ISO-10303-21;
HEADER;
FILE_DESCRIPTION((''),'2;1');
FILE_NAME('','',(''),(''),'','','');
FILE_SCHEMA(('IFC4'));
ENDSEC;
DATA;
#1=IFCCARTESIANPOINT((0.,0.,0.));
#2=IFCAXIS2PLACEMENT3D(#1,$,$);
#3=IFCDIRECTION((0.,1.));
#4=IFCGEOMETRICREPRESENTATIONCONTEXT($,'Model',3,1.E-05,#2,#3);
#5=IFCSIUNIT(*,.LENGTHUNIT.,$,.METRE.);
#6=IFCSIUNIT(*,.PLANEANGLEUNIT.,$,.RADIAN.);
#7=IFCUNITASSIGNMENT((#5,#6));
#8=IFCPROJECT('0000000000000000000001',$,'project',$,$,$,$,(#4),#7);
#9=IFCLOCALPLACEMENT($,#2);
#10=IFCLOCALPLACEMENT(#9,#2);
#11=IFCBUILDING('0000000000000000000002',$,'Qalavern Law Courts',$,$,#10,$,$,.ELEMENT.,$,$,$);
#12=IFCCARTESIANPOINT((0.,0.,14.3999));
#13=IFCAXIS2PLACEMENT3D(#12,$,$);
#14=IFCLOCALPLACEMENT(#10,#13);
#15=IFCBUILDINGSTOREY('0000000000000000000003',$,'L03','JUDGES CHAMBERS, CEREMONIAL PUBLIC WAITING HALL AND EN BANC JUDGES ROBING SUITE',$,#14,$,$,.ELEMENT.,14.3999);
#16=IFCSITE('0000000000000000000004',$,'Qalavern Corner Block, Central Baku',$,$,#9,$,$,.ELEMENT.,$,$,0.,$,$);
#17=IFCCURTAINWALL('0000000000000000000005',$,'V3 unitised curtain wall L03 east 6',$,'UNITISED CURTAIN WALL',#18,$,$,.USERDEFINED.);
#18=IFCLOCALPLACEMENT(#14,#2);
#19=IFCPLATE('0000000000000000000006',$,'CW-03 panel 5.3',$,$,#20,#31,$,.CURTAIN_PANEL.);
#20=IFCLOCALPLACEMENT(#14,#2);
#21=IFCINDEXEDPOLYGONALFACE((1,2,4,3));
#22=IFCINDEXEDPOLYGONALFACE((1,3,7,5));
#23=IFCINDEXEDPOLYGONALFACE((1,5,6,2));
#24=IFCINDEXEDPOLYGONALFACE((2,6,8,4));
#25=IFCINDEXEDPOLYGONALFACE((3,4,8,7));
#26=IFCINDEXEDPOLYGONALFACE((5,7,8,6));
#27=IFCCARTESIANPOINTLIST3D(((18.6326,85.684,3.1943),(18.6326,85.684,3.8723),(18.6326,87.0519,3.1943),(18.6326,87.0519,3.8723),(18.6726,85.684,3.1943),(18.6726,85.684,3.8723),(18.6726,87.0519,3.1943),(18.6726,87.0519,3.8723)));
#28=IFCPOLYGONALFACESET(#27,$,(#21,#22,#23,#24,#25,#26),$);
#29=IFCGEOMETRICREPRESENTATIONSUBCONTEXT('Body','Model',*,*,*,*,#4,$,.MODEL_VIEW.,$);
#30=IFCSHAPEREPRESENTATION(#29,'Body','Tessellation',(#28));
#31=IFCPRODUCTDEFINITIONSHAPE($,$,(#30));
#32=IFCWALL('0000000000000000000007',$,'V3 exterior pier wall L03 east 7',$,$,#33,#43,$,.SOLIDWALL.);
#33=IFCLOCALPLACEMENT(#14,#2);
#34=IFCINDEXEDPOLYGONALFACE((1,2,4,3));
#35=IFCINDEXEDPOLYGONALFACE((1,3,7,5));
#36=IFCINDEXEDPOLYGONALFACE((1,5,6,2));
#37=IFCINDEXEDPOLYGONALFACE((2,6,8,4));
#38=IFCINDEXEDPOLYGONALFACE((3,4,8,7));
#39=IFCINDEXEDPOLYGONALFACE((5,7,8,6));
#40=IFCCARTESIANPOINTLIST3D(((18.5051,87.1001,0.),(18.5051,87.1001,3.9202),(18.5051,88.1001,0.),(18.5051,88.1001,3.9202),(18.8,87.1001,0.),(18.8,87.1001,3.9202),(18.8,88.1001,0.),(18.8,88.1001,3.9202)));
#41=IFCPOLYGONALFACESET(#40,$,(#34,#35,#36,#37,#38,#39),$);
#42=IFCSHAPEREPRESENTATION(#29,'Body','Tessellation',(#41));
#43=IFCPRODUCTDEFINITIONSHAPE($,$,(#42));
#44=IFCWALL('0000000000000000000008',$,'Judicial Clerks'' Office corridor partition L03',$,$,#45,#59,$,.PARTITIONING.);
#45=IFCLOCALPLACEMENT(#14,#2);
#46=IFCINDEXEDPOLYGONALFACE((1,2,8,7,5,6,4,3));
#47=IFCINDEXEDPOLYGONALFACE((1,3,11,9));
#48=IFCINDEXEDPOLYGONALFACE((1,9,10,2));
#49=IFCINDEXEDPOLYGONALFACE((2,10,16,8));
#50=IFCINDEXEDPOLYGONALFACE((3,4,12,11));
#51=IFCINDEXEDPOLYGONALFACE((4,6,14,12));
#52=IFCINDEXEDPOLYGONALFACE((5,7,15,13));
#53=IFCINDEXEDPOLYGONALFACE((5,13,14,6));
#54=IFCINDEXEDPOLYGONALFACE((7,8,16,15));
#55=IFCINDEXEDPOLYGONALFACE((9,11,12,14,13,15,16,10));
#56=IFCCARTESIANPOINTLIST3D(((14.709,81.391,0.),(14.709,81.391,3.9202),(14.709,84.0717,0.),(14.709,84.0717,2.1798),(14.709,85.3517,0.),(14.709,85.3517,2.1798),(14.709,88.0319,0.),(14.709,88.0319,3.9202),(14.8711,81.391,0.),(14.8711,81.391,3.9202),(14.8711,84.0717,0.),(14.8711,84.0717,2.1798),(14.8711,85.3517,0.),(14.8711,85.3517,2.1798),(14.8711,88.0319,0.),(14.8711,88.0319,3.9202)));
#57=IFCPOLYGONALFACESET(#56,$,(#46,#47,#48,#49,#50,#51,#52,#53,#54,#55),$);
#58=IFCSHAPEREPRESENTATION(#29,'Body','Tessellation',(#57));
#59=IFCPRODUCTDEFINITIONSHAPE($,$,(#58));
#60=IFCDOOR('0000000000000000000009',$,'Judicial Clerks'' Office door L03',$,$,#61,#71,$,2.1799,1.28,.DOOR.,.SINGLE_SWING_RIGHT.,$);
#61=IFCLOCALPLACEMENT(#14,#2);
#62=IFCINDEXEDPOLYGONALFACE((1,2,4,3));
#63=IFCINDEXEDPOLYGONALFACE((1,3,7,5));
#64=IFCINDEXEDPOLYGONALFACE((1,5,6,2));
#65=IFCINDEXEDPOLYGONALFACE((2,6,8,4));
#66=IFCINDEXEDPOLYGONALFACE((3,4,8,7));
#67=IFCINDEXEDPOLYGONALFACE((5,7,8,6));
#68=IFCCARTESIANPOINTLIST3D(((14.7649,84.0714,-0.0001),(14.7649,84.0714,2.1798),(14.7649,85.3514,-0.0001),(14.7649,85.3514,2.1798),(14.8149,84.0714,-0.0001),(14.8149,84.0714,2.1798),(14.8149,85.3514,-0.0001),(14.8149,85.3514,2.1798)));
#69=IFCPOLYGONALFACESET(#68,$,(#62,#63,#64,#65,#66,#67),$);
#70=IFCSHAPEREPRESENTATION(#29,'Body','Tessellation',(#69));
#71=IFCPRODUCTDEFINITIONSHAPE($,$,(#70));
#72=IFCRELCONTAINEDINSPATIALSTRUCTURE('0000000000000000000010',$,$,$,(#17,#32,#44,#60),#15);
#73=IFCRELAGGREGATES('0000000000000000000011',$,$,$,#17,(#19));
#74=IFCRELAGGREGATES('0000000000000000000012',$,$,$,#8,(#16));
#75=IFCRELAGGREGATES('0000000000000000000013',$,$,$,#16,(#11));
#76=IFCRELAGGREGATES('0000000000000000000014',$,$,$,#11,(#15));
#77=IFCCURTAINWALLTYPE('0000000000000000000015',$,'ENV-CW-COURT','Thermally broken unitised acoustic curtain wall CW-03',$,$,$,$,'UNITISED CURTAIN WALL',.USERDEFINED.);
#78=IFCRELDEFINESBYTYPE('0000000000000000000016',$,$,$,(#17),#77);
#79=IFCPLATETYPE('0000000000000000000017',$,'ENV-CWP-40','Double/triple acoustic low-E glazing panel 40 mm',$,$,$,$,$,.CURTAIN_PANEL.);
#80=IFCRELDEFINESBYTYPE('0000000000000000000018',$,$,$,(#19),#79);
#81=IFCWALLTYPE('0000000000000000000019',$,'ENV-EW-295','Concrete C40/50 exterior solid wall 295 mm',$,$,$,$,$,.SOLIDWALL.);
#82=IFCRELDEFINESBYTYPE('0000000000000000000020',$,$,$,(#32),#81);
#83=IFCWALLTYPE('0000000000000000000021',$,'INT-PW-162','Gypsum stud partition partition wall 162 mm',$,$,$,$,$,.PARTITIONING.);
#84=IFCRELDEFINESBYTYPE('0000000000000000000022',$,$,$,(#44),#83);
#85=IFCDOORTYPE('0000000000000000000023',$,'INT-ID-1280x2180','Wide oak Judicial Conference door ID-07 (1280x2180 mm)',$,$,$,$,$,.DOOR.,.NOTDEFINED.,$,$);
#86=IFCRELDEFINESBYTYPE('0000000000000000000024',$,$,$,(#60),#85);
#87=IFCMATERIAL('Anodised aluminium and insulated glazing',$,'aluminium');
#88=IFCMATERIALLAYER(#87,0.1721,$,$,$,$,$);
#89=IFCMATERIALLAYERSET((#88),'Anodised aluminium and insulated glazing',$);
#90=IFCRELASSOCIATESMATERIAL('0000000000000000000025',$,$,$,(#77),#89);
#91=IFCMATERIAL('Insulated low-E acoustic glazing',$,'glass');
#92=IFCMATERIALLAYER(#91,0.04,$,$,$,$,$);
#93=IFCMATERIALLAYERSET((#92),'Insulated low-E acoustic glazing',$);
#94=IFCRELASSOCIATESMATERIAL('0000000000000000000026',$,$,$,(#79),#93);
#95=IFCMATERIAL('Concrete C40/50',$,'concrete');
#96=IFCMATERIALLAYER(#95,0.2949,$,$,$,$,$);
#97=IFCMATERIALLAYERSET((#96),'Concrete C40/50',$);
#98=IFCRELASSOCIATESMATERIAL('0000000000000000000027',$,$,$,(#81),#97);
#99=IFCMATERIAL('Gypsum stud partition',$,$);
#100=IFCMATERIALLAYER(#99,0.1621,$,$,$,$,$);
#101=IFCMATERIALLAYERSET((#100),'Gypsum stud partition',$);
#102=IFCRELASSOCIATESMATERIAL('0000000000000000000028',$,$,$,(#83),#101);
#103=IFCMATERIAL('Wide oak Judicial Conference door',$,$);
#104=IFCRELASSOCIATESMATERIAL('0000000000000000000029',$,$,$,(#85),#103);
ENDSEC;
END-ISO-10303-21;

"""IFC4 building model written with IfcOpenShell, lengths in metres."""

from ifc_helpers import new_model, si_unit, direction, frame, frame_2d, origin, origin_2d, place, context, subcontext, project, spatial, rectangle, extrude, material, layer, layer_set, type_object, element, fill, aggregate, save


model = new_model("IFC4")

# Units and contexts
model_context = context("Model", 3, precision=1e-05, world=origin(), true_north=direction((0.0, 1.0)))
body_context = subcontext(model_context, "Body", "Model", "MODEL_VIEW")
ifc_project = project(units=[si_unit("LENGTHUNIT", "METRE"), si_unit("PLANEANGLEUNIT", "RADIAN")], contexts=[model_context])

# Site, building, storey
site_placement = place(None, origin())
site = spatial("IfcSite", under=ifc_project, at=site_placement, Name="Qalavern Corner Block, Central Baku", CompositionType="ELEMENT", RefElevation=0.0)
building_placement = place(site_placement, origin())
building = spatial("IfcBuilding", under=site, at=building_placement, Name="Qalavern Law Courts", CompositionType="ELEMENT")
storey_placement = place(building_placement, frame((0.0, 0.0, 14.3999)))
storey = spatial("IfcBuildingStorey", under=building, at=storey_placement, Name="L03", Description="JUDGES CHAMBERS, CEREMONIAL PUBLIC WAITING HALL AND EN BANC JUDGES ROBING SUITE", CompositionType="ELEMENT", Elevation=14.3999)

# Curtain wall
ifc_material_1 = material(Name="Anodised aluminium and insulated glazing", Category="aluminium")
ifc_layer_1 = layer(ifc_material_1, 0.1721)
ifc_layer_set_1 = layer_set([ifc_layer_1], Name="Anodised aluminium and insulated glazing")
curtain_wall_type = type_object("IfcCurtainWallType", Name="ENV-CW-COURT", Description="Thermally broken unitised acoustic curtain wall CW-03", ElementType="UNITISED CURTAIN WALL", PredefinedType="USERDEFINED", material=ifc_layer_set_1)
curtain_wall_placement = place(storey_placement, origin())
curtain_wall = element("IfcCurtainWall", 1, at=curtain_wall_placement, inside=storey, type_object=curtain_wall_type, Name="V3 unitised curtain wall L03 east 6", ObjectType="UNITISED CURTAIN WALL", PredefinedType="USERDEFINED")

# Plate
ifc_material_2 = material(Name="Insulated low-E acoustic glazing", Category="glass")
ifc_layer_2 = layer(ifc_material_2, 0.04)
ifc_layer_set_2 = layer_set([ifc_layer_2], Name="Insulated low-E acoustic glazing")
plate_type = type_object("IfcPlateType", Name="ENV-CWP-40", Description="Double/triple acoustic low-E glazing panel 40 mm", PredefinedType="CURTAIN_PANEL", material=ifc_layer_set_2)
plate_1_placement = place(storey_placement, frame((18.6526, 86.3679, 3.1943), z_axis=(0.0, 0.0, 1.0), x_axis=(0.0, 1.0, 0.0)))
plate_1 = element("IfcPlate", 2, at=plate_1_placement, type_object=plate_type, Name="CW-03 panel 5.3", PredefinedType="CURTAIN_PANEL", context=body_context, shape_type="SweptSolid", body=[
    extrude(rectangle(XDim=1.3679, YDim=0.04, at=origin_2d()), origin(), (0.0, 0.0, 1.0), 0.678),
])
aggregate(curtain_wall, [plate_1])

# Wall
ifc_material_3 = material(Name="Concrete C40/50", Category="concrete")
ifc_layer_3 = layer(ifc_material_3, 0.2949)
ifc_layer_set_3 = layer_set([ifc_layer_3], Name="Concrete C40/50")
wall_type_1 = type_object("IfcWallType", Name="ENV-EW-295", Description="Concrete C40/50 exterior solid wall 295 mm", PredefinedType="SOLIDWALL", material=ifc_layer_set_3)
wall_1_placement = place(storey_placement, frame((18.6526, 87.1001, 0.0), z_axis=(0.0, 0.0, 1.0), x_axis=(0.0, 1.0, 0.0)))
element("IfcWall", 3, at=wall_1_placement, inside=storey, type_object=wall_type_1, Name="V3 exterior pier wall L03 east 7", PredefinedType="SOLIDWALL", context=body_context, shape_type="SweptSolid", body=[
    extrude(rectangle(XDim=1.0, YDim=0.2949, at=frame_2d((0.5, 0.0))), origin(), (0.0, 0.0, 1.0), 3.9202),
])

# Wall, opening, door
ifc_material_4 = material(Name="Gypsum stud partition")
ifc_layer_4 = layer(ifc_material_4, 0.1621)
ifc_layer_set_4 = layer_set([ifc_layer_4], Name="Gypsum stud partition")
wall_type_2 = type_object("IfcWallType", Name="INT-PW-162", Description="Gypsum stud partition partition wall 162 mm", PredefinedType="PARTITIONING", material=ifc_layer_set_4)
wall_2_placement = place(storey_placement, frame((14.79, 81.3911, 0.0), z_axis=(0.0, 0.0, 1.0), x_axis=(0.0, 1.0, 0.0)))
wall_2 = element("IfcWall", 4, at=wall_2_placement, inside=storey, type_object=wall_type_2, Name="Judicial Clerks' Office corridor partition L03", PredefinedType="PARTITIONING", context=body_context, shape_type="SweptSolid", body=[
    extrude(rectangle(XDim=6.6409, YDim=0.1621, at=frame_2d((3.3203, 0.0))), origin(), (0.0, 0.0, 1.0), 3.9202),
])
opening_placement = place(wall_2_placement, frame((2.6804, 0.0, 0.0)))
opening = element("IfcOpeningElement", 5, at=opening_placement, cuts=wall_2, PredefinedType="OPENING", context=body_context, shape_type="SweptSolid", body=[
    extrude(rectangle(XDim=1.28, YDim=2.1799, at=frame_2d((0.6401, 1.0898))), frame((0.0, 0.0959, 0.0), z_axis=(0.0, -1.0, 0.0), x_axis=(1.0, 0.0, 0.0)), (0.0, 0.0, 1.0), 0.1919),
])
ifc_material_5 = material(Name="Wide oak Judicial Conference door")
door_type = type_object("IfcDoorType", Name="INT-ID-1280x2180", Description="Wide oak Judicial Conference door ID-07 (1280x2180 mm)", OperationType="NOTDEFINED", PredefinedType="DOOR", material=ifc_material_5)
door_placement = place(opening_placement, frame((1.28, 0.0, 0.0), z_axis=(0.0, 0.0, 1.0), x_axis=(-1.0, 0.0, 0.0)))
door = element("IfcDoor", 6, at=door_placement, inside=storey, type_object=door_type, Name="Judicial Clerks' Office door L03", OperationType="SINGLE_SWING_RIGHT", OverallHeight=2.1799, OverallWidth=1.28, PredefinedType="DOOR", context=body_context, shape_type="SweptSolid", body=[
    extrude(rectangle(XDim=1.28, YDim=2.1799, at=frame_2d((0.6401, 1.0898))), frame((0.0, 0.0249, 0.0), z_axis=(0.0, -1.0, 0.0), x_axis=(1.0, 0.0, 0.0)), (0.0, 0.0, 1.0), 0.05),
])
fill(opening, door)

save(model, "model.ifc")
